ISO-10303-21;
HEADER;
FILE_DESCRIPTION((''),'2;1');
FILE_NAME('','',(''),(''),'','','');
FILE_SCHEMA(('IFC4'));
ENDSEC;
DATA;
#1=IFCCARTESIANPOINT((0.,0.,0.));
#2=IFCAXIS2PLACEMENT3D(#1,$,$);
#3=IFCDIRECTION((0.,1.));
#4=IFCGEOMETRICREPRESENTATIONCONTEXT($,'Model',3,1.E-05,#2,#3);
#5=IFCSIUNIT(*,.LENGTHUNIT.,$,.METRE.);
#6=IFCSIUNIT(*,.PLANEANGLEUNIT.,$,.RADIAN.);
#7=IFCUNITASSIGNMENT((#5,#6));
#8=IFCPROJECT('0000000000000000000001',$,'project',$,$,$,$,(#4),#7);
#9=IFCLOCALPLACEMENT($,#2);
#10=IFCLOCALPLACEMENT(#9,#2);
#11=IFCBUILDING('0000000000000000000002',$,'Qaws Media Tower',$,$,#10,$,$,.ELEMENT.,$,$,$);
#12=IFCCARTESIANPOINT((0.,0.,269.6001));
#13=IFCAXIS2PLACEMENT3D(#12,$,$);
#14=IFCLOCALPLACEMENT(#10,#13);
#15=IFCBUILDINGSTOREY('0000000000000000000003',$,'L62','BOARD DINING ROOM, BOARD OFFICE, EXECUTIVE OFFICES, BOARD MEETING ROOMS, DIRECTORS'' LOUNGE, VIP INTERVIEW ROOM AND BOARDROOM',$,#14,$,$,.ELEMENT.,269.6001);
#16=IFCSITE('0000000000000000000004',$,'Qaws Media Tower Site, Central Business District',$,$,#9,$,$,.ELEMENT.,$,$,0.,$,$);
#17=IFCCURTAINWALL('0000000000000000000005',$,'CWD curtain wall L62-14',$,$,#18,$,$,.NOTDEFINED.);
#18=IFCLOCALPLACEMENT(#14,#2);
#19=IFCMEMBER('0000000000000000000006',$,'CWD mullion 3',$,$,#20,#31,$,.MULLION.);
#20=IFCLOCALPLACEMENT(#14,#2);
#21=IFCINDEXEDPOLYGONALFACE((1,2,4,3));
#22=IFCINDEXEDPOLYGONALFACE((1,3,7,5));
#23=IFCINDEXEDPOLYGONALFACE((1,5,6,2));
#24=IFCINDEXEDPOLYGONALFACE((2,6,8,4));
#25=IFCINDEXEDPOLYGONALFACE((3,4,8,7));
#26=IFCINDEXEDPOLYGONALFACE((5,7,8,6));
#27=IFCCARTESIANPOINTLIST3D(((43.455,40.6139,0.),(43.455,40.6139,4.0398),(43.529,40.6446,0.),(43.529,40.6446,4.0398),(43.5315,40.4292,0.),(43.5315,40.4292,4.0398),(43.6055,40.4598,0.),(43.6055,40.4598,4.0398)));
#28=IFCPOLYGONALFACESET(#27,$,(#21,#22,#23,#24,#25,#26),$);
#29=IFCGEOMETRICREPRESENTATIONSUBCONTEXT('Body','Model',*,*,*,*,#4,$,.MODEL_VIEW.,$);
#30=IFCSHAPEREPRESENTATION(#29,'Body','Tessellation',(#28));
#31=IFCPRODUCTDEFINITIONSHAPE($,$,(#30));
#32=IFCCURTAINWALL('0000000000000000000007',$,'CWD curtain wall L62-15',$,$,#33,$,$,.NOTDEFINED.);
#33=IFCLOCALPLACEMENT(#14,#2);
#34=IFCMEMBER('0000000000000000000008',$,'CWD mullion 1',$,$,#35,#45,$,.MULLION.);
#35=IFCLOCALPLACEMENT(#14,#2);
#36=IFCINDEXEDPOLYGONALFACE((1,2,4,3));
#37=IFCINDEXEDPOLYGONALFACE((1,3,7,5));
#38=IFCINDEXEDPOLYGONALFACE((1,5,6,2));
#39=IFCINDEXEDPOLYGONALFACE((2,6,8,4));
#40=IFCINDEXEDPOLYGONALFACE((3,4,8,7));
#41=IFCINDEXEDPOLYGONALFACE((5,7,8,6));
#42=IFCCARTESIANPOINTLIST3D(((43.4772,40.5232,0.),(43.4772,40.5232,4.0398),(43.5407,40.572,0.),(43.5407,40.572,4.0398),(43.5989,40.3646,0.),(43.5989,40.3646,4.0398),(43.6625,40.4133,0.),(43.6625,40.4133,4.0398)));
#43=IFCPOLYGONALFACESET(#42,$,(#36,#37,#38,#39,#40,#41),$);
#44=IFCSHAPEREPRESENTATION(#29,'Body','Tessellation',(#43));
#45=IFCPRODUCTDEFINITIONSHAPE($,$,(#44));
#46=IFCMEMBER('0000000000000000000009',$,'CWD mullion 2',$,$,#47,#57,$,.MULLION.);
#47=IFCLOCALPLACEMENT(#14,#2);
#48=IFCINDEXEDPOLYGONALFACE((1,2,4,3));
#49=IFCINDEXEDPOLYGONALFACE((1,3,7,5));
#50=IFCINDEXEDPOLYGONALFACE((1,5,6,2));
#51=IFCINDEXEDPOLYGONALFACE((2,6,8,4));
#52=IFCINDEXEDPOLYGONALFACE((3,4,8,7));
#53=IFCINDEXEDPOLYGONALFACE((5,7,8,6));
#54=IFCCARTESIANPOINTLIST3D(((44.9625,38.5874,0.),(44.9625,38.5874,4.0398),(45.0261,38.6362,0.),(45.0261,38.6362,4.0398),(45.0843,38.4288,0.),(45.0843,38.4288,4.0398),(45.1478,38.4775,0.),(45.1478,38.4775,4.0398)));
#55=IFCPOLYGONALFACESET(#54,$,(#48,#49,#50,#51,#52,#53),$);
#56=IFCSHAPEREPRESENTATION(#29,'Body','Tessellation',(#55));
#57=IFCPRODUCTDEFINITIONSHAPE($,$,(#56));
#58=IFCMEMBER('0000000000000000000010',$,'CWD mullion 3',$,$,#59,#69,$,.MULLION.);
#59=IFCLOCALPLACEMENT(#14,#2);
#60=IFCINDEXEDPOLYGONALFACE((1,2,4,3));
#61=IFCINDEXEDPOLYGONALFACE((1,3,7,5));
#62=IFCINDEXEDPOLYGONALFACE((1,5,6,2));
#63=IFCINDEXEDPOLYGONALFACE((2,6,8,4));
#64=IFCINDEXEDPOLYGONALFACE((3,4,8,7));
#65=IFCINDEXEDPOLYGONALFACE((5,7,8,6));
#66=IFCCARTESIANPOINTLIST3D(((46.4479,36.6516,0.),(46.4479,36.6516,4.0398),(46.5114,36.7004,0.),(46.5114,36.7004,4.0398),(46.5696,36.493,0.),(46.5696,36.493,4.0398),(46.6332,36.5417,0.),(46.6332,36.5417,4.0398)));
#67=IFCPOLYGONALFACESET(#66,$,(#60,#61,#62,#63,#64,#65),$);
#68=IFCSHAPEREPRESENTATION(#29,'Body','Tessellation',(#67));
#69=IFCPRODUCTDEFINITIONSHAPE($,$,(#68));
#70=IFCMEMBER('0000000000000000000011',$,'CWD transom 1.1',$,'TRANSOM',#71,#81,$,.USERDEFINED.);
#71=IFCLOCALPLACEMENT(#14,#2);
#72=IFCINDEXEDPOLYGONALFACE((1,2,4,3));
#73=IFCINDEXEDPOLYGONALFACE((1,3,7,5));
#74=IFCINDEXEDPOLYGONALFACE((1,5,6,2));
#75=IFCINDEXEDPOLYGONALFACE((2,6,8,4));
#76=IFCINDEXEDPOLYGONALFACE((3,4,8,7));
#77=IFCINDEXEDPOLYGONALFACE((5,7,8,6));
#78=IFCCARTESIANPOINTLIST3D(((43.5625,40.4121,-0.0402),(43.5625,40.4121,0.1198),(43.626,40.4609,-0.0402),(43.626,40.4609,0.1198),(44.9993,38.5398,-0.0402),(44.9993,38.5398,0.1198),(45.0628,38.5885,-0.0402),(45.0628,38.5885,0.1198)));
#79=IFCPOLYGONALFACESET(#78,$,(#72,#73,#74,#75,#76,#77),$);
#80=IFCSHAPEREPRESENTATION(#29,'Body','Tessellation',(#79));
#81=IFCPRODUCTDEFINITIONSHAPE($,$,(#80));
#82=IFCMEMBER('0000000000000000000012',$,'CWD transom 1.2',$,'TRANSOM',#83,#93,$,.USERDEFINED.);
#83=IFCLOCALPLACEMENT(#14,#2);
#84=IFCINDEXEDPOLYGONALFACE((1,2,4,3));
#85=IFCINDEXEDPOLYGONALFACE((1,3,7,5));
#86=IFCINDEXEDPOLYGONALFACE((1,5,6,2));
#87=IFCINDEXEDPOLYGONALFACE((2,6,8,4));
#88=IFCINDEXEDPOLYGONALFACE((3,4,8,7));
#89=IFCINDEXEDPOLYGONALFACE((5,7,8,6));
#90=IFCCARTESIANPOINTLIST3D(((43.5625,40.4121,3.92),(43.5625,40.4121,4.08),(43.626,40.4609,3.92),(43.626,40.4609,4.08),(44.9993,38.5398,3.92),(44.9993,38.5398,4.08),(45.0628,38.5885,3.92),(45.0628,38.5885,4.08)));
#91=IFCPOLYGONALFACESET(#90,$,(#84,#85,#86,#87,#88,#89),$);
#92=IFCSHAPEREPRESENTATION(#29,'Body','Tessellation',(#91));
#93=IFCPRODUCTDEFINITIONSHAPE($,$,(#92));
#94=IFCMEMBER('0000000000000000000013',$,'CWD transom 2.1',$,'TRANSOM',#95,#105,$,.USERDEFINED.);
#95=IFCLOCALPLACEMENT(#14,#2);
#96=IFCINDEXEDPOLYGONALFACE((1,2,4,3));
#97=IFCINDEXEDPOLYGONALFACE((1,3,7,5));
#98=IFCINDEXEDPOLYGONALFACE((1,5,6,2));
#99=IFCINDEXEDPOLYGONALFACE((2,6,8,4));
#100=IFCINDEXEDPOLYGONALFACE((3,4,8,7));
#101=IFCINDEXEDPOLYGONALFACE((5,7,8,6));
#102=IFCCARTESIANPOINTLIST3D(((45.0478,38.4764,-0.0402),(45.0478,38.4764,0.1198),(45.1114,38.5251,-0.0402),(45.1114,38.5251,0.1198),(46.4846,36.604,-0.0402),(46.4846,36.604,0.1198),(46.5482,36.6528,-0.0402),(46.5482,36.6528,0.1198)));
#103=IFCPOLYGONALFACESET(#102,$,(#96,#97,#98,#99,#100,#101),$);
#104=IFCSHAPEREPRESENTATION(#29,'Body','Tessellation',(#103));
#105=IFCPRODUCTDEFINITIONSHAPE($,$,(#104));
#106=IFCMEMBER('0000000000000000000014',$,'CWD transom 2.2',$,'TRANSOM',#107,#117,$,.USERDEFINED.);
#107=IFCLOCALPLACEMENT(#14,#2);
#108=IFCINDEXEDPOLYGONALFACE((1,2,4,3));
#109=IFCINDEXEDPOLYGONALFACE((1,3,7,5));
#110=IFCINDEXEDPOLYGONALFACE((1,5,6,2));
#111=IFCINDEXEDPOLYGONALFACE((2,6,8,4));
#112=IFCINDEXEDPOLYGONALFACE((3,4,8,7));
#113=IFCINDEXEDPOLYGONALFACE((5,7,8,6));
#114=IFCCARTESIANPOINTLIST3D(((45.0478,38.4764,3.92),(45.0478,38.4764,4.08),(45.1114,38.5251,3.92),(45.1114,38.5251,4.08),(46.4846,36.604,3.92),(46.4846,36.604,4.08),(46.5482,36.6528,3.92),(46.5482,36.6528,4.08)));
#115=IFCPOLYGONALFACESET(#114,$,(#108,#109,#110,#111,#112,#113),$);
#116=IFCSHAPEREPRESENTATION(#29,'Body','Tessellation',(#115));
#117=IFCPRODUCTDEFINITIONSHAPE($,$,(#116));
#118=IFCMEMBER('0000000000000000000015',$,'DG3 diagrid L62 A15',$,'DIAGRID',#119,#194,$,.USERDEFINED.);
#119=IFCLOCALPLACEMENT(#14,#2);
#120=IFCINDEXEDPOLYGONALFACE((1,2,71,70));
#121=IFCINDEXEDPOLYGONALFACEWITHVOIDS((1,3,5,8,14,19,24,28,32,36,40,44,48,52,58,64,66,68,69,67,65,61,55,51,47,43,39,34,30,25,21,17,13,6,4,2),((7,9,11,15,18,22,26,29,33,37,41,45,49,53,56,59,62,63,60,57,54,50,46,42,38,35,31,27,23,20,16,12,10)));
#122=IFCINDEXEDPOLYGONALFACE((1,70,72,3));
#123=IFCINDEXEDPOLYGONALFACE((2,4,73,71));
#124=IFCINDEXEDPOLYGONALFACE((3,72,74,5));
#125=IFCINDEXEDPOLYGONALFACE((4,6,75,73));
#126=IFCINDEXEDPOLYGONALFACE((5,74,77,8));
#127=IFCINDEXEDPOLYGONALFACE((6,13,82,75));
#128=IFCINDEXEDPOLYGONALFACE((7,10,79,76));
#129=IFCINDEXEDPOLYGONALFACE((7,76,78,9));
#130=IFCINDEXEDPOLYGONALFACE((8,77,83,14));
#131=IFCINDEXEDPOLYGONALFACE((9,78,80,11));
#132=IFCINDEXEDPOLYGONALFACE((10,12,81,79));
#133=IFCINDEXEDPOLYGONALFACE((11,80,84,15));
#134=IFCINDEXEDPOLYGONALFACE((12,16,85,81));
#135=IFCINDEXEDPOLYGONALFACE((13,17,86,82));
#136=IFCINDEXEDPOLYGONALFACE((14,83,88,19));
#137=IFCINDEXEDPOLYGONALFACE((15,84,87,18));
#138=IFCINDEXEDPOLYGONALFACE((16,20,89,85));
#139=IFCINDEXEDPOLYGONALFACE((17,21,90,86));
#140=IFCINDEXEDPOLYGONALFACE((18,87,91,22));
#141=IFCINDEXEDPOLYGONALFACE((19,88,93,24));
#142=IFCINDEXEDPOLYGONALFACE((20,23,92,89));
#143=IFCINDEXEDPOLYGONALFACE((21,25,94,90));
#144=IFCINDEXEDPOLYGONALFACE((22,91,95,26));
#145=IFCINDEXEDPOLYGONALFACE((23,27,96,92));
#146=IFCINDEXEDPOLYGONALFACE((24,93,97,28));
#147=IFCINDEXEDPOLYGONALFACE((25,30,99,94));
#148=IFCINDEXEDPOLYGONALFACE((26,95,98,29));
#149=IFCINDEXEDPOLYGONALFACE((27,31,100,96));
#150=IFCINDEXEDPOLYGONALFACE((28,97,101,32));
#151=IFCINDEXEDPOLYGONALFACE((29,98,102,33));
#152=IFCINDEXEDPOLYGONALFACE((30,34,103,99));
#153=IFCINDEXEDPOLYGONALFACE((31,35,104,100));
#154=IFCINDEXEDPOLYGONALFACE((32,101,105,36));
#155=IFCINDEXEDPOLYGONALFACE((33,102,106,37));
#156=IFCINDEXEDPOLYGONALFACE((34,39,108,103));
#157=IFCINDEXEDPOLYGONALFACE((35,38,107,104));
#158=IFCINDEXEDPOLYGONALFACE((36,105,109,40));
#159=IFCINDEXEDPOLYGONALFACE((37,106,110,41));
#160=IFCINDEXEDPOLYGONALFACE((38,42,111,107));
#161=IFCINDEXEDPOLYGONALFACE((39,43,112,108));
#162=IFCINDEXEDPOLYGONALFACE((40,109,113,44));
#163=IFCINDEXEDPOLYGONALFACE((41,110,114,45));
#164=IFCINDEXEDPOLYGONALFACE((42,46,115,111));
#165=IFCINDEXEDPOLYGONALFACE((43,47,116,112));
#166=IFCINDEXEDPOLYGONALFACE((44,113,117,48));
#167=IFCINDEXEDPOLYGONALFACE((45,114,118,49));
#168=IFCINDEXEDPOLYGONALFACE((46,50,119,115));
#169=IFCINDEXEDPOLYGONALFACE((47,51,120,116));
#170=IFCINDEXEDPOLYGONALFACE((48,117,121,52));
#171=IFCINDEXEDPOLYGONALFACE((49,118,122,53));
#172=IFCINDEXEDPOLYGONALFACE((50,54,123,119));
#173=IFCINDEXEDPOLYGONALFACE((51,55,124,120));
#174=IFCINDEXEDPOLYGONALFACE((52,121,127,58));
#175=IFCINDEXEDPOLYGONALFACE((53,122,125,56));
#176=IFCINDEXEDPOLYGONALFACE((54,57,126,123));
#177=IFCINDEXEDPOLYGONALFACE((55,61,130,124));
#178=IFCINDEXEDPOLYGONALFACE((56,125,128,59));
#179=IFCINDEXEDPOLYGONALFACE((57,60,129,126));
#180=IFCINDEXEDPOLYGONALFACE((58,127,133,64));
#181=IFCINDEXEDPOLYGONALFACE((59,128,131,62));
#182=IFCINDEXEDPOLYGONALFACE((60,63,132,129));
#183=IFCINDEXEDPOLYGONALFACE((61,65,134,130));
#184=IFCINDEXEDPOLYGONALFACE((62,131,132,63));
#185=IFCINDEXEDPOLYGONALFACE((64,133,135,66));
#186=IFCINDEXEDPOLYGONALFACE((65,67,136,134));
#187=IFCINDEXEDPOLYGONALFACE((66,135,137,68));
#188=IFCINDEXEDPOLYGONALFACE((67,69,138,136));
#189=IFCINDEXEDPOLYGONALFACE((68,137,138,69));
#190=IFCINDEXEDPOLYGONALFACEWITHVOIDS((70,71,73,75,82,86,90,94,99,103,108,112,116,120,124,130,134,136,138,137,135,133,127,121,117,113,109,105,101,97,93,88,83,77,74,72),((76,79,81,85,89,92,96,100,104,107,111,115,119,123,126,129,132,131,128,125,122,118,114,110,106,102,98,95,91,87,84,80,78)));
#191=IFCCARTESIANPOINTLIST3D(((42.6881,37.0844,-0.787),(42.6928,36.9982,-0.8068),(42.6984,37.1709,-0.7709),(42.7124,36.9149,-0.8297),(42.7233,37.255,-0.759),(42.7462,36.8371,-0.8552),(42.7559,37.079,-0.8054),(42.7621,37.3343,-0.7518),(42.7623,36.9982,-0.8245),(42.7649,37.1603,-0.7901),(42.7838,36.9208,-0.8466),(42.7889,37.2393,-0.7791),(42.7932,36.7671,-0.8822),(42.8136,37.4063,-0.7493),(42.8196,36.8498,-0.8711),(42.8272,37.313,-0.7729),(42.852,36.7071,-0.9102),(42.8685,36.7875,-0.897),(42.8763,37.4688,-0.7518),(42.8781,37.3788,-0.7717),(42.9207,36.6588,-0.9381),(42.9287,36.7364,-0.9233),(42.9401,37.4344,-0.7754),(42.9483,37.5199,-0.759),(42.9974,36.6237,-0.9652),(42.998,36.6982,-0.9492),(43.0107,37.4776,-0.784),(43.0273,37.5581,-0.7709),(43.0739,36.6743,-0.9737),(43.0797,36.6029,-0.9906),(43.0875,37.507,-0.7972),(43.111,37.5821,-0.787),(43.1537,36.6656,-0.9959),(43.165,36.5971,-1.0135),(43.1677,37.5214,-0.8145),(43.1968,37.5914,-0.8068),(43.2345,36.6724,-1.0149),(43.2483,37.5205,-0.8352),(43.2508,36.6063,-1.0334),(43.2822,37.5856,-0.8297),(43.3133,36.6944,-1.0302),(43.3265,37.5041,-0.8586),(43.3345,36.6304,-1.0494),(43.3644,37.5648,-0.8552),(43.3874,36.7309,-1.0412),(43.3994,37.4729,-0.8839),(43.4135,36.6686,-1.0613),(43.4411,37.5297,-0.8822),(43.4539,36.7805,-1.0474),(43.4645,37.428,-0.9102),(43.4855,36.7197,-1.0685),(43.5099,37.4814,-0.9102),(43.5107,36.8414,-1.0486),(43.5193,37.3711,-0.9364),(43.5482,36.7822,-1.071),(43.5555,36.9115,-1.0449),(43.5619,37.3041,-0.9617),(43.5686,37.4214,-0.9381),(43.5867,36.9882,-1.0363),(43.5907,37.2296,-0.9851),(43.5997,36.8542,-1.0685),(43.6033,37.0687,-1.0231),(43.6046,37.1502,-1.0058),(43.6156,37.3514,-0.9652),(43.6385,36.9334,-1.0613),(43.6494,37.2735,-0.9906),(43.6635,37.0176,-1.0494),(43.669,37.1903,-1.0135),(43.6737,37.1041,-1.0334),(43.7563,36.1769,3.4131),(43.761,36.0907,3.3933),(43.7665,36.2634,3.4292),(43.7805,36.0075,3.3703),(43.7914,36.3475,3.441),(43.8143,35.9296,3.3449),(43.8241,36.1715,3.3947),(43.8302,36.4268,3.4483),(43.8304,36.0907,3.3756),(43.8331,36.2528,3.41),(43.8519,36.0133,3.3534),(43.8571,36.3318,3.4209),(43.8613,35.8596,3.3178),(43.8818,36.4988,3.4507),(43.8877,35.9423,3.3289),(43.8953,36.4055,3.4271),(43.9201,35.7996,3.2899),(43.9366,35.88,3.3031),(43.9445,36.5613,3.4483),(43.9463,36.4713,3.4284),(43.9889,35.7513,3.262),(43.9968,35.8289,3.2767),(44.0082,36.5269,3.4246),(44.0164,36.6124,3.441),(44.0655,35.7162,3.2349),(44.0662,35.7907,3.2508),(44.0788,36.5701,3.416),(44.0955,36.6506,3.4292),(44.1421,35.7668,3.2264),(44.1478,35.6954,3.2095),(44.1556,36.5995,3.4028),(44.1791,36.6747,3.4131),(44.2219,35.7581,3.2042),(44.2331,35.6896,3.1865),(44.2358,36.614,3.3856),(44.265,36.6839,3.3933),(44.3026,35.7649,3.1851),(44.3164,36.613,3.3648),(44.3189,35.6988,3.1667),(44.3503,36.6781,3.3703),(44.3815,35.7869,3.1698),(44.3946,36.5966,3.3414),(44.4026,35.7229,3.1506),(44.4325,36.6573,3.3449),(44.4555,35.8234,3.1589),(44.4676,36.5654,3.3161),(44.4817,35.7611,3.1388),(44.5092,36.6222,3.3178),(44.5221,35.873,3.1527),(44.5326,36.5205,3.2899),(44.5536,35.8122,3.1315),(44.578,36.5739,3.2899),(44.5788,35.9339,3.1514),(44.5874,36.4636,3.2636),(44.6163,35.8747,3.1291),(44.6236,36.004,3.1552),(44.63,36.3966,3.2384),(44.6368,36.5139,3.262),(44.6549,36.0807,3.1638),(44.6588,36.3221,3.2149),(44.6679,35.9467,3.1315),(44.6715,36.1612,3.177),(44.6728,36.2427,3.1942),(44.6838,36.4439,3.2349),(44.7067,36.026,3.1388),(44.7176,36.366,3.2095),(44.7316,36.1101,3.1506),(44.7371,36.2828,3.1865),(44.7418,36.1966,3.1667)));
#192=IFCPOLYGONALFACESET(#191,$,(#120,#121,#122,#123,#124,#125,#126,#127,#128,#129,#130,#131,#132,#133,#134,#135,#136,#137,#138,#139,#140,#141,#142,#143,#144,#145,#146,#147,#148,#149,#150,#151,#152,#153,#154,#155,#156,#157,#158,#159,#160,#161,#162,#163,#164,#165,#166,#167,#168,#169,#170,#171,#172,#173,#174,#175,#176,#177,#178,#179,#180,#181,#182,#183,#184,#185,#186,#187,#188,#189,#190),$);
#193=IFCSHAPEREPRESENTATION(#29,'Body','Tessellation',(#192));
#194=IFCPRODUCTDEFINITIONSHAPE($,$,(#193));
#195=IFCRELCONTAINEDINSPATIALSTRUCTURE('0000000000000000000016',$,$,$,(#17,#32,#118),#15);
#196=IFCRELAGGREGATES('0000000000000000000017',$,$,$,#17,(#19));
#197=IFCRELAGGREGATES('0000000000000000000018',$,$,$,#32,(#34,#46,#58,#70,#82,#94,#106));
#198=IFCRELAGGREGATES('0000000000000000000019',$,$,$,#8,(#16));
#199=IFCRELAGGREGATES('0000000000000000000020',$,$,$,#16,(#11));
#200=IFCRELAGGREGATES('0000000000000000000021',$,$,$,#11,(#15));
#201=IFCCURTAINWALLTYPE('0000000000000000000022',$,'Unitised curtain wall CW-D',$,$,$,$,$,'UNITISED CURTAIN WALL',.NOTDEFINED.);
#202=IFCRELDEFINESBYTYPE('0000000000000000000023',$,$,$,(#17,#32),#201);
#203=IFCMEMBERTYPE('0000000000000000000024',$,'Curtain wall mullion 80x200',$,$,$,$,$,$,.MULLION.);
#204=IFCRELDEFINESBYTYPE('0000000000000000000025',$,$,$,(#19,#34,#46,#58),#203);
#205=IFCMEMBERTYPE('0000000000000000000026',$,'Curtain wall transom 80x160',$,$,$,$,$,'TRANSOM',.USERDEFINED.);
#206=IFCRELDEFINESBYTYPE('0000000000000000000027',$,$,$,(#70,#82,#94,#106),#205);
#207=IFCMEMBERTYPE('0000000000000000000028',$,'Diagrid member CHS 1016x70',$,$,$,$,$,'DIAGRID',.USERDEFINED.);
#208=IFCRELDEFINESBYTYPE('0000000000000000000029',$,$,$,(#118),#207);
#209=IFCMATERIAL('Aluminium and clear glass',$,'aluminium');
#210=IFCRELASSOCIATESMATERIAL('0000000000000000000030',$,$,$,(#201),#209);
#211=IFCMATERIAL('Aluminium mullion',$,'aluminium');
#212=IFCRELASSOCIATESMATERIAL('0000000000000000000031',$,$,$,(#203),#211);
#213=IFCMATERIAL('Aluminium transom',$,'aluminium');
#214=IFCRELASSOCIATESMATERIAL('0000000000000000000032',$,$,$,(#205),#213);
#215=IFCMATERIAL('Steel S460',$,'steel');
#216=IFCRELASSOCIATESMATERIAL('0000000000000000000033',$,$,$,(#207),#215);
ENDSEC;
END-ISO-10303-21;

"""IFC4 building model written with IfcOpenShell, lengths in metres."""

from ifc_helpers import new_model, si_unit, direction, frame, origin, origin_2d, place, context, subcontext, project, spatial, rectangle, hollow_circle, extrude, material, material_profile, profile_set, type_object, element, aggregate, save


model = new_model("IFC4")

# Units and contexts
model_context = context("Model", 3, precision=1e-05, world=origin(), true_north=direction((0.0, 1.0)))
body_context = subcontext(model_context, "Body", "Model", "MODEL_VIEW")
ifc_project = project(units=[si_unit("LENGTHUNIT", "METRE"), si_unit("PLANEANGLEUNIT", "RADIAN")], contexts=[model_context])

# Site, building, storey
site_placement = place(None, origin())
site = spatial("IfcSite", under=ifc_project, at=site_placement, Name="Qaws Media Tower Site, Central Business District", CompositionType="ELEMENT", RefElevation=0.0)
building_placement = place(site_placement, origin())
building = spatial("IfcBuilding", under=site, at=building_placement, Name="Qaws Media Tower", CompositionType="ELEMENT")
storey_placement = place(building_placement, frame((0.0, 0.0, 269.6001)))
storey = spatial("IfcBuildingStorey", under=building, at=storey_placement, Name="L62", Description="BOARD DINING ROOM, BOARD OFFICE, EXECUTIVE OFFICES, BOARD MEETING ROOMS, DIRECTORS' LOUNGE, VIP INTERVIEW ROOM AND BOARDROOM", CompositionType="ELEMENT", Elevation=269.6001)

# Curtain wall, member
ifc_material_1 = material(Name="Aluminium and clear glass", Category="aluminium")
curtain_wall_type = type_object("IfcCurtainWallType", Name="Unitised curtain wall CW-D", ElementType="UNITISED CURTAIN WALL", PredefinedType="NOTDEFINED", material=ifc_material_1)
curtain_wall_1_placement = place(storey_placement, origin())
curtain_wall_1 = element("IfcCurtainWall", 1, at=curtain_wall_1_placement, inside=storey, type_object=curtain_wall_type, Name="CWD curtain wall L62-14", PredefinedType="NOTDEFINED")
ifc_material_2 = material(Name="Aluminium mullion", Category="aluminium")
ifc_material_profile_1 = material_profile(ifc_material_2, rectangle(XDim=0.0801, YDim=0.2, at=origin_2d()), Name="80x200")
ifc_profile_set_1 = profile_set([ifc_material_profile_1], Name="Aluminium mullion")
member_type_1 = type_object("IfcMemberType", Name="Curtain wall mullion 80x200", PredefinedType="MULLION", material=ifc_profile_set_1)
member_1_placement = place(storey_placement, frame((43.5303, 40.5369, 0.0), z_axis=(0.0, 0.0, 1.0), x_axis=(0.92388, 0.382683, 0.0)))
member_1 = element("IfcMember", 2, at=member_1_placement, type_object=member_type_1, Name="CWD mullion 3", PredefinedType="MULLION", context=body_context, shape_type="SweptSolid", body=[
    extrude(rectangle(XDim=0.0801, YDim=0.2, at=origin_2d()), origin(), (0.0, 0.0, 1.0), 4.0398),
])
aggregate(curtain_wall_1, [member_1])

# Curtain wall, members
curtain_wall_2_placement = place(storey_placement, origin())
curtain_wall_2 = element("IfcCurtainWall", 3, at=curtain_wall_2_placement, inside=storey, type_object=curtain_wall_type, Name="CWD curtain wall L62-15", PredefinedType="NOTDEFINED")
member_2_placement = place(storey_placement, frame((43.5698, 40.4683, 0.0), z_axis=(0.0, 0.0, 1.0), x_axis=(0.793353, 0.608761, 0.0)))
member_2 = element("IfcMember", 4, at=member_2_placement, type_object=member_type_1, Name="CWD mullion 1", PredefinedType="MULLION", context=body_context, shape_type="SweptSolid", body=[
    extrude(rectangle(XDim=0.0801, YDim=0.2, at=origin_2d()), origin(), (0.0, 0.0, 1.0), 4.0398),
])
member_3_placement = place(storey_placement, frame((45.0552, 38.5325, 0.0), z_axis=(0.0, 0.0, 1.0), x_axis=(0.793353, 0.608761, 0.0)))
member_3 = element("IfcMember", 5, at=member_3_placement, type_object=member_type_1, Name="CWD mullion 2", PredefinedType="MULLION", context=body_context, shape_type="SweptSolid", body=[
    extrude(rectangle(XDim=0.0801, YDim=0.2, at=origin_2d()), origin(), (0.0, 0.0, 1.0), 4.0398),
])
member_4_placement = place(storey_placement, frame((46.5405, 36.5967, 0.0), z_axis=(0.0, 0.0, 1.0), x_axis=(0.793353, 0.608761, 0.0)))
member_4 = element("IfcMember", 6, at=member_4_placement, type_object=member_type_1, Name="CWD mullion 3", PredefinedType="MULLION", context=body_context, shape_type="SweptSolid", body=[
    extrude(rectangle(XDim=0.0801, YDim=0.2, at=origin_2d()), origin(), (0.0, 0.0, 1.0), 4.0398),
])
ifc_material_3 = material(Name="Aluminium transom", Category="aluminium")
ifc_material_profile_2 = material_profile(ifc_material_3, rectangle(XDim=0.0801, YDim=0.1599, at=origin_2d()), Name="80x160")
ifc_profile_set_2 = profile_set([ifc_material_profile_2], Name="Aluminium transom")
member_type_2 = type_object("IfcMemberType", Name="Curtain wall transom 80x160", ElementType="TRANSOM", PredefinedType="USERDEFINED", material=ifc_profile_set_2)
member_5_placement = place(storey_placement, frame((43.5942, 40.4365, 0.0398), z_axis=(0.608785, -0.793335, 0.0), x_axis=(0.793335, 0.608785, 0.0)))
member_5 = element("IfcMember", 7, at=member_5_placement, type_object=member_type_2, Name="CWD transom 1.1", ObjectType="TRANSOM", PredefinedType="USERDEFINED", context=body_context, shape_type="SweptSolid", body=[
    extrude(rectangle(XDim=0.0801, YDim=0.1599, at=origin_2d()), origin(), (0.0, 0.0, 1.0), 2.3601),
])
member_6_placement = place(storey_placement, frame((43.5942, 40.4365, 4.0), z_axis=(0.608785, -0.793335, 0.0), x_axis=(0.793335, 0.608785, 0.0)))
member_6 = element("IfcMember", 8, at=member_6_placement, type_object=member_type_2, Name="CWD transom 1.2", ObjectType="TRANSOM", PredefinedType="USERDEFINED", context=body_context, shape_type="SweptSolid", body=[
    extrude(rectangle(XDim=0.0801, YDim=0.1599, at=origin_2d()), origin(), (0.0, 0.0, 1.0), 2.3601),
])
member_7_placement = place(storey_placement, frame((45.0796, 38.5007, 0.0398), z_axis=(0.608785, -0.793335, 0.0), x_axis=(0.793335, 0.608785, 0.0)))
member_7 = element("IfcMember", 9, at=member_7_placement, type_object=member_type_2, Name="CWD transom 2.1", ObjectType="TRANSOM", PredefinedType="USERDEFINED", context=body_context, shape_type="SweptSolid", body=[
    extrude(rectangle(XDim=0.0801, YDim=0.1599, at=origin_2d()), origin(), (0.0, 0.0, 1.0), 2.3601),
])
member_8_placement = place(storey_placement, frame((45.0796, 38.5007, 4.0), z_axis=(0.608785, -0.793335, 0.0), x_axis=(0.793335, 0.608785, 0.0)))
member_8 = element("IfcMember", 10, at=member_8_placement, type_object=member_type_2, Name="CWD transom 2.2", ObjectType="TRANSOM", PredefinedType="USERDEFINED", context=body_context, shape_type="SweptSolid", body=[
    extrude(rectangle(XDim=0.0801, YDim=0.1599, at=origin_2d()), origin(), (0.0, 0.0, 1.0), 2.3601),
])

# Member
ifc_material_4 = material(Name="Steel S460", Category="steel")
ifc_material_profile_3 = material_profile(ifc_material_4, hollow_circle(Radius=0.5081, WallThickness=0.0701, at=origin_2d()), Name="CHS 1016x70")
ifc_profile_set_3 = profile_set([ifc_material_profile_3], Name="Steel S460")
member_type_3 = type_object("IfcMemberType", Name="Diagrid member CHS 1016x70", ElementType="DIAGRID", PredefinedType="USERDEFINED", material=ifc_profile_set_3)
for number, where, z_axis, x_axis, name in (
    (11, (43.1809, 37.0942, -0.9102), (0.241238, -0.204956, 0.948576), (0.647471, 0.76209, 0.0), "DG3 diagrid L62 A15"),
):
    element("IfcMember", number, at=place(storey_placement, frame(where, z_axis=z_axis, x_axis=x_axis)), inside=storey, type_object=member_type_3, Name=name, ObjectType="DIAGRID", PredefinedType="USERDEFINED", context=body_context, shape_type="SweptSolid", body=[
        extrude(hollow_circle(Radius=0.5081, WallThickness=0.0701, at=origin_2d()), origin(), (0.0, 0.0, 1.0), 4.4277),
    ])

aggregate(curtain_wall_2, [member_2, member_3, member_4, member_5, member_6, member_7, member_8])

save(model, "model.ifc")
